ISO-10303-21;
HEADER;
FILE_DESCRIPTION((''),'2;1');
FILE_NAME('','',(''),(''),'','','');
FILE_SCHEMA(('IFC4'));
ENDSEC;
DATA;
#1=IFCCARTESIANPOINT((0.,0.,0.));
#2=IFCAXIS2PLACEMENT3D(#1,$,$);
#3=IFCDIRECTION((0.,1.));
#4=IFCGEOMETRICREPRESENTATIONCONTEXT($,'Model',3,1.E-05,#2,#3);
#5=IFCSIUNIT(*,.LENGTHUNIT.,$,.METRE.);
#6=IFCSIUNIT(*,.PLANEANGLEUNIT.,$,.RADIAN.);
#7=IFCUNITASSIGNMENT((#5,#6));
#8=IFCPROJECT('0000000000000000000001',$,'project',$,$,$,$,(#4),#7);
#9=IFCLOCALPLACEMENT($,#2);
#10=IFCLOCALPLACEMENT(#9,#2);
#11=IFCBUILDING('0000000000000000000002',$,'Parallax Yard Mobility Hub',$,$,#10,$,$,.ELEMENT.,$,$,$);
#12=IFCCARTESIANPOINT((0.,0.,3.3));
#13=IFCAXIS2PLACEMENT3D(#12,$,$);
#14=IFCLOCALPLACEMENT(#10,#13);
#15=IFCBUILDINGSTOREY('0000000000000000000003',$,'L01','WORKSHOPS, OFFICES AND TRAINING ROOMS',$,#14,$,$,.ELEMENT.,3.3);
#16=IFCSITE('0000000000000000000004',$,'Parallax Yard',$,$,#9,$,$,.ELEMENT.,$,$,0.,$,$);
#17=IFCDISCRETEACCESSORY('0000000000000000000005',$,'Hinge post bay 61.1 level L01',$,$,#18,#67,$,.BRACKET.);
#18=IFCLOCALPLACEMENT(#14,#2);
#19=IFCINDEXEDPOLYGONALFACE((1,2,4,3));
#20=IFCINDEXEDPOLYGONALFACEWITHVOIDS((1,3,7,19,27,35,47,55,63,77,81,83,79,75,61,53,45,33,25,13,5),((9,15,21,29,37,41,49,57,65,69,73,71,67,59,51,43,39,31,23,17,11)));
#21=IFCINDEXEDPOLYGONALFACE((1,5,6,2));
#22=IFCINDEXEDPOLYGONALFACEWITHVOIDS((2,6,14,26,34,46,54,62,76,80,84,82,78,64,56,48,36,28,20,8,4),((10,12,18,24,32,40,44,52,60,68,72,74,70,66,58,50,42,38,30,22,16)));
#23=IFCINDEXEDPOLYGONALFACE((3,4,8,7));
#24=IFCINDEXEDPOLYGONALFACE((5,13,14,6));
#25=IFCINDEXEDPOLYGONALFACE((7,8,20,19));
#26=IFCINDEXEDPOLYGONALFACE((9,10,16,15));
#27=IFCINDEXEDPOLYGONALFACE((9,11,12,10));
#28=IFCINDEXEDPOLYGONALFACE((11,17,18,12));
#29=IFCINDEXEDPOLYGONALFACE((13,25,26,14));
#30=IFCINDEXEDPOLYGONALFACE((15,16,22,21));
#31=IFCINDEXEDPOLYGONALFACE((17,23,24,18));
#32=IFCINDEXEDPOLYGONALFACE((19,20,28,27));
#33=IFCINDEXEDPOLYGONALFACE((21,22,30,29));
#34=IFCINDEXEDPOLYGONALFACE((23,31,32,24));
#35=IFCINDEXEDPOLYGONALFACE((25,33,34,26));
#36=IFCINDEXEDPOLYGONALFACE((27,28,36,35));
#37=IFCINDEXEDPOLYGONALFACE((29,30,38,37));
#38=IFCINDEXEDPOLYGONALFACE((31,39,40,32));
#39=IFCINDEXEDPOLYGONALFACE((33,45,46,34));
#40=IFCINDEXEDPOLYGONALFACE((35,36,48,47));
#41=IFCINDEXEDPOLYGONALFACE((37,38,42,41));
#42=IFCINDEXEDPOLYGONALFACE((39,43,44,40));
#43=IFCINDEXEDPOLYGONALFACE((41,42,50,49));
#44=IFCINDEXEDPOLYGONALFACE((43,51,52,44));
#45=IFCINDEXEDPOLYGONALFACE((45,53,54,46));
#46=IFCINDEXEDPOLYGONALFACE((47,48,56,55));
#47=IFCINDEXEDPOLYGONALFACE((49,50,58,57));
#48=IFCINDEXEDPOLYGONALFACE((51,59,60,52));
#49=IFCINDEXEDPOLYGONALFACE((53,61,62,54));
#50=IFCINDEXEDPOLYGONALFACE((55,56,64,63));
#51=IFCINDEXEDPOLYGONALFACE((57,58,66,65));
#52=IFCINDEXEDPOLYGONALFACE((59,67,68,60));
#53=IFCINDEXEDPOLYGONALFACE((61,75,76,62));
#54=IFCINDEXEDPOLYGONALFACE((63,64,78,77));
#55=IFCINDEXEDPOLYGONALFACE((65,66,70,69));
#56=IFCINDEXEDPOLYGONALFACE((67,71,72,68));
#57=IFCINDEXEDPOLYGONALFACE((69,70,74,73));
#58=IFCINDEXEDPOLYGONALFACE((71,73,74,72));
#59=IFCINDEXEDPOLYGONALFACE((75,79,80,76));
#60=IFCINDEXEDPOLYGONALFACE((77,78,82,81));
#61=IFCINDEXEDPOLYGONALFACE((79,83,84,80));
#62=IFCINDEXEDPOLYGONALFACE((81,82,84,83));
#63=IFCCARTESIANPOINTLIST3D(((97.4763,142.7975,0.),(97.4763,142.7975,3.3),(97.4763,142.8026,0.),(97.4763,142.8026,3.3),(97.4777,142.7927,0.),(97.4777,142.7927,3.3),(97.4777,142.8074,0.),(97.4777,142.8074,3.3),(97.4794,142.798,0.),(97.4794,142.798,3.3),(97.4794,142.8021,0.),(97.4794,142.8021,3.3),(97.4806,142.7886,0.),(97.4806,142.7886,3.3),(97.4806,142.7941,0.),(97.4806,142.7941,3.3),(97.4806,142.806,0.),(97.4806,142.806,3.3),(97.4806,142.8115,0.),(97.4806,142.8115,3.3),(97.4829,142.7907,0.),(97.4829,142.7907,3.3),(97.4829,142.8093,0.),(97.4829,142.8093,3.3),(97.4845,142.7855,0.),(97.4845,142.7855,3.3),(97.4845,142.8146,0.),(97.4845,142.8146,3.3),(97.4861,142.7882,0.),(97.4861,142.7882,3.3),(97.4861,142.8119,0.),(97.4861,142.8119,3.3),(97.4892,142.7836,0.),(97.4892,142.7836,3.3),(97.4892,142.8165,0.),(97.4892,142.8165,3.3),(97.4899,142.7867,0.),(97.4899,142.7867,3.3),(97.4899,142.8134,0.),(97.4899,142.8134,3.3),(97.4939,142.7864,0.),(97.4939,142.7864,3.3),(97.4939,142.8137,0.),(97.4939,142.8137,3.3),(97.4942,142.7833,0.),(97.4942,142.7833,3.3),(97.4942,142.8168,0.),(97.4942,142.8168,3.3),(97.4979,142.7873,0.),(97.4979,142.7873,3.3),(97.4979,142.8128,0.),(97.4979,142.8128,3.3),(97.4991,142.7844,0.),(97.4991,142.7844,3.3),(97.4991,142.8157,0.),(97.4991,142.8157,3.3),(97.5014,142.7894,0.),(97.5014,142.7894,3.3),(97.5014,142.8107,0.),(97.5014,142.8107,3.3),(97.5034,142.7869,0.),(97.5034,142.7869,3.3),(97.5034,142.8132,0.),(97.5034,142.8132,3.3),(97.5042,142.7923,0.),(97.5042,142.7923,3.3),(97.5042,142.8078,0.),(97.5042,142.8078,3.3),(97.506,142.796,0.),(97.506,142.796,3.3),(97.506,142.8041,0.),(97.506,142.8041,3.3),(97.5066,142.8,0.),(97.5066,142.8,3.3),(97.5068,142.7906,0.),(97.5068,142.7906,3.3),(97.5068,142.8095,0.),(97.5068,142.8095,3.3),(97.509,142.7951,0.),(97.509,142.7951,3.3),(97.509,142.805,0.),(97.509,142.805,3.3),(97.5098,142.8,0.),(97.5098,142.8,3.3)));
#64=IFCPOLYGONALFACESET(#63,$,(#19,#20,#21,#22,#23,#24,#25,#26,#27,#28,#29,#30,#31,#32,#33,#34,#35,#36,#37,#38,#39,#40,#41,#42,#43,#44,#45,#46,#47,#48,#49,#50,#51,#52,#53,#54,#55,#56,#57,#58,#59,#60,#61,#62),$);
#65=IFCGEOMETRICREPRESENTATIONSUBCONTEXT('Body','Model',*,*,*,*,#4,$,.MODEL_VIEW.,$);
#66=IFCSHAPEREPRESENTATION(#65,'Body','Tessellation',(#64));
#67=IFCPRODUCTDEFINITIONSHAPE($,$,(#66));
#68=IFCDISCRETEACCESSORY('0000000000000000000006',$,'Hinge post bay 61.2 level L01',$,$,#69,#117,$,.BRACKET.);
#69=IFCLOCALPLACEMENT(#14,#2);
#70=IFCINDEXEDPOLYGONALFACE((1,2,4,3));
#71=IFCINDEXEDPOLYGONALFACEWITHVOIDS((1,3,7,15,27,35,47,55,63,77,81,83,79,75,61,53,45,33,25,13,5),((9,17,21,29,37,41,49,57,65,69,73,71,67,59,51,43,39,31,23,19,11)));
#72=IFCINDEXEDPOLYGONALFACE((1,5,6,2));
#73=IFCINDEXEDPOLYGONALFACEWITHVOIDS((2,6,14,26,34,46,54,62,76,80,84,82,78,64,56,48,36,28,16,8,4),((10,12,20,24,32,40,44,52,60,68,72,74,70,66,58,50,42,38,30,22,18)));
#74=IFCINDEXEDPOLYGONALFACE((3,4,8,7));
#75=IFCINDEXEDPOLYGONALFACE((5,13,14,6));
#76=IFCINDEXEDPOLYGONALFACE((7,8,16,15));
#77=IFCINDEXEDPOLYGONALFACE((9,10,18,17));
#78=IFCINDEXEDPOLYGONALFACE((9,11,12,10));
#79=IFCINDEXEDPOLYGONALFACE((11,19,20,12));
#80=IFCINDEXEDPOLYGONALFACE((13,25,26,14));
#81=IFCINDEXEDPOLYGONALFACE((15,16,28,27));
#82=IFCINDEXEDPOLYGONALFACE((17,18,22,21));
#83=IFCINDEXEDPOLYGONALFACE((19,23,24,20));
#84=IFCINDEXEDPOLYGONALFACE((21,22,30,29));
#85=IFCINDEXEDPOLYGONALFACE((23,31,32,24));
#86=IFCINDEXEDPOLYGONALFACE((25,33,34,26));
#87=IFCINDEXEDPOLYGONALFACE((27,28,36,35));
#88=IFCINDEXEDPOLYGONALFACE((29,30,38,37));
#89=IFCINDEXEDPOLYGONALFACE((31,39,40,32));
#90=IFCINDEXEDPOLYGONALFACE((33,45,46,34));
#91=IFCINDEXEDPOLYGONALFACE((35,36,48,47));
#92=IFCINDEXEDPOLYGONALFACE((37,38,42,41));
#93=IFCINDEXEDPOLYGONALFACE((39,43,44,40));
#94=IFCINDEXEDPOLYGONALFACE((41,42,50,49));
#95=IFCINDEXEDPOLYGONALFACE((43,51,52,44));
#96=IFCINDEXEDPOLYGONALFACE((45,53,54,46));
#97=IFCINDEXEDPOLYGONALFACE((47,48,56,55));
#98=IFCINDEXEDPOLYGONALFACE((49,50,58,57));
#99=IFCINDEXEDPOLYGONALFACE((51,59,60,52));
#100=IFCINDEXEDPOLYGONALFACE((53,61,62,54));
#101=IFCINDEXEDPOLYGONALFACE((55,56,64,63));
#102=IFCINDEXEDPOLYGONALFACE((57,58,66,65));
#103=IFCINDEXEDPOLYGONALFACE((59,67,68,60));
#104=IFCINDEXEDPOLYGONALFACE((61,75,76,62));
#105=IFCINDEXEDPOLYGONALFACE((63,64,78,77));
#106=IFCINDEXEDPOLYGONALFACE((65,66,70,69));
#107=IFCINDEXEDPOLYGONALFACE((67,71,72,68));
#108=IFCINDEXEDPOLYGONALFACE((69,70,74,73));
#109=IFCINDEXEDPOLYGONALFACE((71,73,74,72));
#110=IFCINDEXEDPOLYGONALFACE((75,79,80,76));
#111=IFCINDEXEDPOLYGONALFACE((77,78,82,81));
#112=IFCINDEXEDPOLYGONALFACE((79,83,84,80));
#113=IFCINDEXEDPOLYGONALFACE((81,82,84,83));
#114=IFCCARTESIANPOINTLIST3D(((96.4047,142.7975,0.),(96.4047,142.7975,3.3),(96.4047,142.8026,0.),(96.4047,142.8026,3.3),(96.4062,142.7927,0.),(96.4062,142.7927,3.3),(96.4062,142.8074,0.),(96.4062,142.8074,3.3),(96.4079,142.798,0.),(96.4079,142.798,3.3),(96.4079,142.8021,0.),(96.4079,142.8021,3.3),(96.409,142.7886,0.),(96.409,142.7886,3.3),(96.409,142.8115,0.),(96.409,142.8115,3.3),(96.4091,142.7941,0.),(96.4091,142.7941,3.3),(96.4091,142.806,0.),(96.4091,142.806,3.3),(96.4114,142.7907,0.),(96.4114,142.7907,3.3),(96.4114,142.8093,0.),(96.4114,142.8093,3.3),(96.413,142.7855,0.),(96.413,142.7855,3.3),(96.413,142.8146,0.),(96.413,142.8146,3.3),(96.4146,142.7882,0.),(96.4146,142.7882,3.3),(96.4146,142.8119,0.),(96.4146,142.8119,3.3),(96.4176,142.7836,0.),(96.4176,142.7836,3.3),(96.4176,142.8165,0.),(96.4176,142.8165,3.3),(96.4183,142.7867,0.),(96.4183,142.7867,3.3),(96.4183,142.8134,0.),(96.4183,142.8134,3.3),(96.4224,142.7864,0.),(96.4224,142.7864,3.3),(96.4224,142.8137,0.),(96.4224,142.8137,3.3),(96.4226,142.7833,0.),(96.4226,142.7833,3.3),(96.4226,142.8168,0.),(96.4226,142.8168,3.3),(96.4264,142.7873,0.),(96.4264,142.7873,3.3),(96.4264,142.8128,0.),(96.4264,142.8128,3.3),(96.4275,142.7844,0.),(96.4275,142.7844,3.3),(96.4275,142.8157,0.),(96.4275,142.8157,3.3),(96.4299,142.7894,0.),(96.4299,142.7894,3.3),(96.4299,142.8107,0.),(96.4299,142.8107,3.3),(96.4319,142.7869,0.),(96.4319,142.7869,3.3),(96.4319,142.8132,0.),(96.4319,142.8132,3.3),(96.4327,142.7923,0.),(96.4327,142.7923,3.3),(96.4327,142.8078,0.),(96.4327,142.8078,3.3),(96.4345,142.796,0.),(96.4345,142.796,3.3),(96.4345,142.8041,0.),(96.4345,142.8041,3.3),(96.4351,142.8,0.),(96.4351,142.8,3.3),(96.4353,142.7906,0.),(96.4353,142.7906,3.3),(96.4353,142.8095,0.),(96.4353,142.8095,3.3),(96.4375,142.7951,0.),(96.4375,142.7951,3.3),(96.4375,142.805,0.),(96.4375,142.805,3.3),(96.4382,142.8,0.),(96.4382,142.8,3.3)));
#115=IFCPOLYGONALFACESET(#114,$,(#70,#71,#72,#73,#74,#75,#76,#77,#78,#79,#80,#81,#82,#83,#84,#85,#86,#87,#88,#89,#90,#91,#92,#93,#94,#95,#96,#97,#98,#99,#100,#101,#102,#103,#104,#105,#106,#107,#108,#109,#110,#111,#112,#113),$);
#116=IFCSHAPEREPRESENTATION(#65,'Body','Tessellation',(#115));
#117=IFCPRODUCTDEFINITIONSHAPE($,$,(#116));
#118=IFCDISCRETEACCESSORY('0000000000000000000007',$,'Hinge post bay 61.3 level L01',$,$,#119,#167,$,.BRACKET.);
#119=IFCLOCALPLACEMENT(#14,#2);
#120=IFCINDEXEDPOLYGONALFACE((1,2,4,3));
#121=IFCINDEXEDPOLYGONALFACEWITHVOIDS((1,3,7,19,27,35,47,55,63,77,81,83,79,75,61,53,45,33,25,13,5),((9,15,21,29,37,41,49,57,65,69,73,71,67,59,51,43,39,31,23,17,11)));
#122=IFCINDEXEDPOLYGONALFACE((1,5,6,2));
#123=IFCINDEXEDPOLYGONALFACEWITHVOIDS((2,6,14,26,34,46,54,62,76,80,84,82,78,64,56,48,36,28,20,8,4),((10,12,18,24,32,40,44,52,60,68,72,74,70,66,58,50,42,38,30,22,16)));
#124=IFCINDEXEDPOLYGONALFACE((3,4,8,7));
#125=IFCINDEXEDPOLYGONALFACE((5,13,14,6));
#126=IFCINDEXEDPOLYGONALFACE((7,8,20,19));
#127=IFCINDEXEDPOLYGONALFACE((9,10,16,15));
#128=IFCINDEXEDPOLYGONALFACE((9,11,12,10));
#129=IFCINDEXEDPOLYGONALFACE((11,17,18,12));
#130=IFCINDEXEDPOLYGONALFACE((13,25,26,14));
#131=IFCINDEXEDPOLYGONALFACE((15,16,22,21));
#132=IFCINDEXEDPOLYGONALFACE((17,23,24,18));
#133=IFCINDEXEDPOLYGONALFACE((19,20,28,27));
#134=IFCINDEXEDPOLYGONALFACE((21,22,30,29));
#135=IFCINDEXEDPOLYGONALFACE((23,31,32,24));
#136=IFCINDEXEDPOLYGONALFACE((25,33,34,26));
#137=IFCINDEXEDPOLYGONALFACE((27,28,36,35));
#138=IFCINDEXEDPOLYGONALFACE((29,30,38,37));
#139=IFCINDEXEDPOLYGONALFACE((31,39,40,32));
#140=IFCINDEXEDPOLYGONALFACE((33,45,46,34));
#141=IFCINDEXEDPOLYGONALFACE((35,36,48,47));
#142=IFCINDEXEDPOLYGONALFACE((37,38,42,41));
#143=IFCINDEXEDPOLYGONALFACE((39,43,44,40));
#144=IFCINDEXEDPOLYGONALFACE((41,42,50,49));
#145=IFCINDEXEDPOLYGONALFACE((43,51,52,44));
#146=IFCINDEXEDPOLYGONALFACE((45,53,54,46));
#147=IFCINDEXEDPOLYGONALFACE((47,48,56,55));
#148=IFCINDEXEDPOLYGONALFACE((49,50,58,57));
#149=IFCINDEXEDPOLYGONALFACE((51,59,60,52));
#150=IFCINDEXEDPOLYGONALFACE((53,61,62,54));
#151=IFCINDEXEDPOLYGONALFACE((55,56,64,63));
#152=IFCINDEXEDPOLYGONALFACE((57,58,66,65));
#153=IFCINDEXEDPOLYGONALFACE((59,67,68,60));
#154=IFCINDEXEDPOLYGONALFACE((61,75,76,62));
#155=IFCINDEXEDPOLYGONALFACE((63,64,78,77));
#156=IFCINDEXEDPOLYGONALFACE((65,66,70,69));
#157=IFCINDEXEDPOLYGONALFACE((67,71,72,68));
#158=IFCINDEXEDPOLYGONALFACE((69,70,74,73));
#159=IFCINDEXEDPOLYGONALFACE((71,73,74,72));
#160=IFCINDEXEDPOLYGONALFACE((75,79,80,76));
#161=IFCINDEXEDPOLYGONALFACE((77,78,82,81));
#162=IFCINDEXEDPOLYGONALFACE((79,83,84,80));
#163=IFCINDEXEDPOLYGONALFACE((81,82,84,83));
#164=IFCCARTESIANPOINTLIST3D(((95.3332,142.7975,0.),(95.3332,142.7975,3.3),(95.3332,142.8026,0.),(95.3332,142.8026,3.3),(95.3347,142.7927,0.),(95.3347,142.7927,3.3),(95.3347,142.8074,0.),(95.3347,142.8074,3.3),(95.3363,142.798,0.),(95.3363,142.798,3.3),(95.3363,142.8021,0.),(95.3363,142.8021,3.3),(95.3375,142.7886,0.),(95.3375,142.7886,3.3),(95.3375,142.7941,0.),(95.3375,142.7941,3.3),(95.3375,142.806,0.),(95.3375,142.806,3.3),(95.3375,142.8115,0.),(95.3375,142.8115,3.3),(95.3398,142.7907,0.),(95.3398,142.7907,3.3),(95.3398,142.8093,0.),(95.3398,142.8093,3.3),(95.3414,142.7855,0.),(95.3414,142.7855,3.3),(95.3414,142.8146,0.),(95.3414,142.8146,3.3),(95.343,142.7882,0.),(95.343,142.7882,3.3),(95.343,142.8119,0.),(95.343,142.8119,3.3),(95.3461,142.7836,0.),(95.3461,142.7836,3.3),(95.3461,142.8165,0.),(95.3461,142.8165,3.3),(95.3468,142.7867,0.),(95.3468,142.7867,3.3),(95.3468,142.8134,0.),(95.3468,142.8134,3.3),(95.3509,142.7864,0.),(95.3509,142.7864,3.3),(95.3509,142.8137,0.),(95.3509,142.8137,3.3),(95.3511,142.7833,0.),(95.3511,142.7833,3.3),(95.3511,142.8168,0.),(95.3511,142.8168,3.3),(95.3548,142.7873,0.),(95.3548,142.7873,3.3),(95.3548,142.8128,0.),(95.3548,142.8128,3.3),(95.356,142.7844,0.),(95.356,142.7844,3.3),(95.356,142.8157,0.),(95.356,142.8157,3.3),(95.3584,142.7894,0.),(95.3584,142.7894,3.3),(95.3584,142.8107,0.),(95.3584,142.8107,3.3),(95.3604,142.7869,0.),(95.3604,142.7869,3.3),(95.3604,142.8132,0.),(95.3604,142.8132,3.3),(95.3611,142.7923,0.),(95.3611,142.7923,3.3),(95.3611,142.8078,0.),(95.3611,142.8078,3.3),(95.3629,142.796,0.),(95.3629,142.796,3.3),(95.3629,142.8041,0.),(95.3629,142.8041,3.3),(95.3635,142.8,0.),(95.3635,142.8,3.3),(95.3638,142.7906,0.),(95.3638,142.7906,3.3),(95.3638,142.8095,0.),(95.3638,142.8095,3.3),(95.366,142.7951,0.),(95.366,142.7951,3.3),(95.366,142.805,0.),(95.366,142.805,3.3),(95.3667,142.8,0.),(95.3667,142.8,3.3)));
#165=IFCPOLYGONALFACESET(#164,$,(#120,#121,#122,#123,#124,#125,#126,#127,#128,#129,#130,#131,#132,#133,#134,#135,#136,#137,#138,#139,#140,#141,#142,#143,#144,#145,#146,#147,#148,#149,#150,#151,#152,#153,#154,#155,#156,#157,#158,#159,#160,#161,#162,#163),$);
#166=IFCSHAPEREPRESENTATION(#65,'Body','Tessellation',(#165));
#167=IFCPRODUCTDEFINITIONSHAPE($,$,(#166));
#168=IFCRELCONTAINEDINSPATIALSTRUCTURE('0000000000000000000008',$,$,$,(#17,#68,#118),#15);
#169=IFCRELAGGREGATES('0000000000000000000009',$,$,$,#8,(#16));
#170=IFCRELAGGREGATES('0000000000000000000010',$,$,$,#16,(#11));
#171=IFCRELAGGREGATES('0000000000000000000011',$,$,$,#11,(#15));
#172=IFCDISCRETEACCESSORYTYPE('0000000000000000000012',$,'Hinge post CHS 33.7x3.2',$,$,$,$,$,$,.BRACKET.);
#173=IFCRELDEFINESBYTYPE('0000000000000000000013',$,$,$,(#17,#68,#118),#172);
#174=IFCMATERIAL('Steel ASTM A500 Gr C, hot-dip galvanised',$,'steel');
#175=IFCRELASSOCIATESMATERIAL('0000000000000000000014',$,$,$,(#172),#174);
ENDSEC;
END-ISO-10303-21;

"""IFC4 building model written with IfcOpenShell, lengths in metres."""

from ifc_helpers import new_model, si_unit, direction, frame, origin, origin_2d, place, context, subcontext, project, spatial, hollow_circle, extrude, material, material_profile, profile_set, type_object, element, save


model = new_model("IFC4")

# Units and contexts
model_context = context("Model", 3, precision=1e-05, world=origin(), true_north=direction((0.0, 1.0)))
body_context = subcontext(model_context, "Body", "Model", "MODEL_VIEW")
ifc_project = project(units=[si_unit("LENGTHUNIT", "METRE"), si_unit("PLANEANGLEUNIT", "RADIAN")], contexts=[model_context])

# Site, building, storey
site_placement = place(None, origin())
site = spatial("IfcSite", under=ifc_project, at=site_placement, Name="Parallax Yard", CompositionType="ELEMENT", RefElevation=0.0)
building_placement = place(site_placement, origin())
building = spatial("IfcBuilding", under=site, at=building_placement, Name="Parallax Yard Mobility Hub", CompositionType="ELEMENT")
storey_placement = place(building_placement, frame((0.0, 0.0, 3.3)))
storey = spatial("IfcBuildingStorey", under=building, at=storey_placement, Name="L01", Description="WORKSHOPS, OFFICES AND TRAINING ROOMS", CompositionType="ELEMENT", Elevation=3.3)

# Discrete accessories
ifc_material_1 = material(Name="Steel ASTM A500 Gr C, hot-dip galvanised", Category="steel")
ifc_material_profile = material_profile(ifc_material_1, hollow_circle(Radius=0.0168, WallThickness=0.0032, at=origin_2d()), Name="CHS 33.7x3.2")
ifc_profile_set = profile_set([ifc_material_profile], Name="Steel ASTM A500 Gr C, hot-dip galvanised")
discrete_accessory_type_1 = type_object("IfcDiscreteAccessoryType", Name="Hinge post CHS 33.7x3.2", PredefinedType="BRACKET", material=ifc_profile_set)
for number, where, z_axis, x_axis, name in (
    (1, (97.4929, 142.8, 0.0), (0.0, 0.0, 1.0), (1.0, 0.0, 0.0), "Hinge post bay 61.1 level L01"),
    (2, (96.4214, 142.8, 0.0), (0.0, 0.0, 1.0), (1.0, 0.0, 0.0), "Hinge post bay 61.2 level L01"),
    (3, (95.3499, 142.8, 0.0), (0.0, 0.0, 1.0), (1.0, 0.0, 0.0), "Hinge post bay 61.3 level L01"),
):
    element("IfcDiscreteAccessory", number, at=place(storey_placement, frame(where, z_axis=z_axis, x_axis=x_axis)), inside=storey, type_object=discrete_accessory_type_1, Name=name, PredefinedType="BRACKET", context=body_context, shape_type="SweptSolid", body=[
        extrude(hollow_circle(Radius=0.0168, WallThickness=0.0032, at=origin_2d()), origin(), (0.0, 0.0, 1.0), 3.3),
    ])

save(model, "model.ifc")
